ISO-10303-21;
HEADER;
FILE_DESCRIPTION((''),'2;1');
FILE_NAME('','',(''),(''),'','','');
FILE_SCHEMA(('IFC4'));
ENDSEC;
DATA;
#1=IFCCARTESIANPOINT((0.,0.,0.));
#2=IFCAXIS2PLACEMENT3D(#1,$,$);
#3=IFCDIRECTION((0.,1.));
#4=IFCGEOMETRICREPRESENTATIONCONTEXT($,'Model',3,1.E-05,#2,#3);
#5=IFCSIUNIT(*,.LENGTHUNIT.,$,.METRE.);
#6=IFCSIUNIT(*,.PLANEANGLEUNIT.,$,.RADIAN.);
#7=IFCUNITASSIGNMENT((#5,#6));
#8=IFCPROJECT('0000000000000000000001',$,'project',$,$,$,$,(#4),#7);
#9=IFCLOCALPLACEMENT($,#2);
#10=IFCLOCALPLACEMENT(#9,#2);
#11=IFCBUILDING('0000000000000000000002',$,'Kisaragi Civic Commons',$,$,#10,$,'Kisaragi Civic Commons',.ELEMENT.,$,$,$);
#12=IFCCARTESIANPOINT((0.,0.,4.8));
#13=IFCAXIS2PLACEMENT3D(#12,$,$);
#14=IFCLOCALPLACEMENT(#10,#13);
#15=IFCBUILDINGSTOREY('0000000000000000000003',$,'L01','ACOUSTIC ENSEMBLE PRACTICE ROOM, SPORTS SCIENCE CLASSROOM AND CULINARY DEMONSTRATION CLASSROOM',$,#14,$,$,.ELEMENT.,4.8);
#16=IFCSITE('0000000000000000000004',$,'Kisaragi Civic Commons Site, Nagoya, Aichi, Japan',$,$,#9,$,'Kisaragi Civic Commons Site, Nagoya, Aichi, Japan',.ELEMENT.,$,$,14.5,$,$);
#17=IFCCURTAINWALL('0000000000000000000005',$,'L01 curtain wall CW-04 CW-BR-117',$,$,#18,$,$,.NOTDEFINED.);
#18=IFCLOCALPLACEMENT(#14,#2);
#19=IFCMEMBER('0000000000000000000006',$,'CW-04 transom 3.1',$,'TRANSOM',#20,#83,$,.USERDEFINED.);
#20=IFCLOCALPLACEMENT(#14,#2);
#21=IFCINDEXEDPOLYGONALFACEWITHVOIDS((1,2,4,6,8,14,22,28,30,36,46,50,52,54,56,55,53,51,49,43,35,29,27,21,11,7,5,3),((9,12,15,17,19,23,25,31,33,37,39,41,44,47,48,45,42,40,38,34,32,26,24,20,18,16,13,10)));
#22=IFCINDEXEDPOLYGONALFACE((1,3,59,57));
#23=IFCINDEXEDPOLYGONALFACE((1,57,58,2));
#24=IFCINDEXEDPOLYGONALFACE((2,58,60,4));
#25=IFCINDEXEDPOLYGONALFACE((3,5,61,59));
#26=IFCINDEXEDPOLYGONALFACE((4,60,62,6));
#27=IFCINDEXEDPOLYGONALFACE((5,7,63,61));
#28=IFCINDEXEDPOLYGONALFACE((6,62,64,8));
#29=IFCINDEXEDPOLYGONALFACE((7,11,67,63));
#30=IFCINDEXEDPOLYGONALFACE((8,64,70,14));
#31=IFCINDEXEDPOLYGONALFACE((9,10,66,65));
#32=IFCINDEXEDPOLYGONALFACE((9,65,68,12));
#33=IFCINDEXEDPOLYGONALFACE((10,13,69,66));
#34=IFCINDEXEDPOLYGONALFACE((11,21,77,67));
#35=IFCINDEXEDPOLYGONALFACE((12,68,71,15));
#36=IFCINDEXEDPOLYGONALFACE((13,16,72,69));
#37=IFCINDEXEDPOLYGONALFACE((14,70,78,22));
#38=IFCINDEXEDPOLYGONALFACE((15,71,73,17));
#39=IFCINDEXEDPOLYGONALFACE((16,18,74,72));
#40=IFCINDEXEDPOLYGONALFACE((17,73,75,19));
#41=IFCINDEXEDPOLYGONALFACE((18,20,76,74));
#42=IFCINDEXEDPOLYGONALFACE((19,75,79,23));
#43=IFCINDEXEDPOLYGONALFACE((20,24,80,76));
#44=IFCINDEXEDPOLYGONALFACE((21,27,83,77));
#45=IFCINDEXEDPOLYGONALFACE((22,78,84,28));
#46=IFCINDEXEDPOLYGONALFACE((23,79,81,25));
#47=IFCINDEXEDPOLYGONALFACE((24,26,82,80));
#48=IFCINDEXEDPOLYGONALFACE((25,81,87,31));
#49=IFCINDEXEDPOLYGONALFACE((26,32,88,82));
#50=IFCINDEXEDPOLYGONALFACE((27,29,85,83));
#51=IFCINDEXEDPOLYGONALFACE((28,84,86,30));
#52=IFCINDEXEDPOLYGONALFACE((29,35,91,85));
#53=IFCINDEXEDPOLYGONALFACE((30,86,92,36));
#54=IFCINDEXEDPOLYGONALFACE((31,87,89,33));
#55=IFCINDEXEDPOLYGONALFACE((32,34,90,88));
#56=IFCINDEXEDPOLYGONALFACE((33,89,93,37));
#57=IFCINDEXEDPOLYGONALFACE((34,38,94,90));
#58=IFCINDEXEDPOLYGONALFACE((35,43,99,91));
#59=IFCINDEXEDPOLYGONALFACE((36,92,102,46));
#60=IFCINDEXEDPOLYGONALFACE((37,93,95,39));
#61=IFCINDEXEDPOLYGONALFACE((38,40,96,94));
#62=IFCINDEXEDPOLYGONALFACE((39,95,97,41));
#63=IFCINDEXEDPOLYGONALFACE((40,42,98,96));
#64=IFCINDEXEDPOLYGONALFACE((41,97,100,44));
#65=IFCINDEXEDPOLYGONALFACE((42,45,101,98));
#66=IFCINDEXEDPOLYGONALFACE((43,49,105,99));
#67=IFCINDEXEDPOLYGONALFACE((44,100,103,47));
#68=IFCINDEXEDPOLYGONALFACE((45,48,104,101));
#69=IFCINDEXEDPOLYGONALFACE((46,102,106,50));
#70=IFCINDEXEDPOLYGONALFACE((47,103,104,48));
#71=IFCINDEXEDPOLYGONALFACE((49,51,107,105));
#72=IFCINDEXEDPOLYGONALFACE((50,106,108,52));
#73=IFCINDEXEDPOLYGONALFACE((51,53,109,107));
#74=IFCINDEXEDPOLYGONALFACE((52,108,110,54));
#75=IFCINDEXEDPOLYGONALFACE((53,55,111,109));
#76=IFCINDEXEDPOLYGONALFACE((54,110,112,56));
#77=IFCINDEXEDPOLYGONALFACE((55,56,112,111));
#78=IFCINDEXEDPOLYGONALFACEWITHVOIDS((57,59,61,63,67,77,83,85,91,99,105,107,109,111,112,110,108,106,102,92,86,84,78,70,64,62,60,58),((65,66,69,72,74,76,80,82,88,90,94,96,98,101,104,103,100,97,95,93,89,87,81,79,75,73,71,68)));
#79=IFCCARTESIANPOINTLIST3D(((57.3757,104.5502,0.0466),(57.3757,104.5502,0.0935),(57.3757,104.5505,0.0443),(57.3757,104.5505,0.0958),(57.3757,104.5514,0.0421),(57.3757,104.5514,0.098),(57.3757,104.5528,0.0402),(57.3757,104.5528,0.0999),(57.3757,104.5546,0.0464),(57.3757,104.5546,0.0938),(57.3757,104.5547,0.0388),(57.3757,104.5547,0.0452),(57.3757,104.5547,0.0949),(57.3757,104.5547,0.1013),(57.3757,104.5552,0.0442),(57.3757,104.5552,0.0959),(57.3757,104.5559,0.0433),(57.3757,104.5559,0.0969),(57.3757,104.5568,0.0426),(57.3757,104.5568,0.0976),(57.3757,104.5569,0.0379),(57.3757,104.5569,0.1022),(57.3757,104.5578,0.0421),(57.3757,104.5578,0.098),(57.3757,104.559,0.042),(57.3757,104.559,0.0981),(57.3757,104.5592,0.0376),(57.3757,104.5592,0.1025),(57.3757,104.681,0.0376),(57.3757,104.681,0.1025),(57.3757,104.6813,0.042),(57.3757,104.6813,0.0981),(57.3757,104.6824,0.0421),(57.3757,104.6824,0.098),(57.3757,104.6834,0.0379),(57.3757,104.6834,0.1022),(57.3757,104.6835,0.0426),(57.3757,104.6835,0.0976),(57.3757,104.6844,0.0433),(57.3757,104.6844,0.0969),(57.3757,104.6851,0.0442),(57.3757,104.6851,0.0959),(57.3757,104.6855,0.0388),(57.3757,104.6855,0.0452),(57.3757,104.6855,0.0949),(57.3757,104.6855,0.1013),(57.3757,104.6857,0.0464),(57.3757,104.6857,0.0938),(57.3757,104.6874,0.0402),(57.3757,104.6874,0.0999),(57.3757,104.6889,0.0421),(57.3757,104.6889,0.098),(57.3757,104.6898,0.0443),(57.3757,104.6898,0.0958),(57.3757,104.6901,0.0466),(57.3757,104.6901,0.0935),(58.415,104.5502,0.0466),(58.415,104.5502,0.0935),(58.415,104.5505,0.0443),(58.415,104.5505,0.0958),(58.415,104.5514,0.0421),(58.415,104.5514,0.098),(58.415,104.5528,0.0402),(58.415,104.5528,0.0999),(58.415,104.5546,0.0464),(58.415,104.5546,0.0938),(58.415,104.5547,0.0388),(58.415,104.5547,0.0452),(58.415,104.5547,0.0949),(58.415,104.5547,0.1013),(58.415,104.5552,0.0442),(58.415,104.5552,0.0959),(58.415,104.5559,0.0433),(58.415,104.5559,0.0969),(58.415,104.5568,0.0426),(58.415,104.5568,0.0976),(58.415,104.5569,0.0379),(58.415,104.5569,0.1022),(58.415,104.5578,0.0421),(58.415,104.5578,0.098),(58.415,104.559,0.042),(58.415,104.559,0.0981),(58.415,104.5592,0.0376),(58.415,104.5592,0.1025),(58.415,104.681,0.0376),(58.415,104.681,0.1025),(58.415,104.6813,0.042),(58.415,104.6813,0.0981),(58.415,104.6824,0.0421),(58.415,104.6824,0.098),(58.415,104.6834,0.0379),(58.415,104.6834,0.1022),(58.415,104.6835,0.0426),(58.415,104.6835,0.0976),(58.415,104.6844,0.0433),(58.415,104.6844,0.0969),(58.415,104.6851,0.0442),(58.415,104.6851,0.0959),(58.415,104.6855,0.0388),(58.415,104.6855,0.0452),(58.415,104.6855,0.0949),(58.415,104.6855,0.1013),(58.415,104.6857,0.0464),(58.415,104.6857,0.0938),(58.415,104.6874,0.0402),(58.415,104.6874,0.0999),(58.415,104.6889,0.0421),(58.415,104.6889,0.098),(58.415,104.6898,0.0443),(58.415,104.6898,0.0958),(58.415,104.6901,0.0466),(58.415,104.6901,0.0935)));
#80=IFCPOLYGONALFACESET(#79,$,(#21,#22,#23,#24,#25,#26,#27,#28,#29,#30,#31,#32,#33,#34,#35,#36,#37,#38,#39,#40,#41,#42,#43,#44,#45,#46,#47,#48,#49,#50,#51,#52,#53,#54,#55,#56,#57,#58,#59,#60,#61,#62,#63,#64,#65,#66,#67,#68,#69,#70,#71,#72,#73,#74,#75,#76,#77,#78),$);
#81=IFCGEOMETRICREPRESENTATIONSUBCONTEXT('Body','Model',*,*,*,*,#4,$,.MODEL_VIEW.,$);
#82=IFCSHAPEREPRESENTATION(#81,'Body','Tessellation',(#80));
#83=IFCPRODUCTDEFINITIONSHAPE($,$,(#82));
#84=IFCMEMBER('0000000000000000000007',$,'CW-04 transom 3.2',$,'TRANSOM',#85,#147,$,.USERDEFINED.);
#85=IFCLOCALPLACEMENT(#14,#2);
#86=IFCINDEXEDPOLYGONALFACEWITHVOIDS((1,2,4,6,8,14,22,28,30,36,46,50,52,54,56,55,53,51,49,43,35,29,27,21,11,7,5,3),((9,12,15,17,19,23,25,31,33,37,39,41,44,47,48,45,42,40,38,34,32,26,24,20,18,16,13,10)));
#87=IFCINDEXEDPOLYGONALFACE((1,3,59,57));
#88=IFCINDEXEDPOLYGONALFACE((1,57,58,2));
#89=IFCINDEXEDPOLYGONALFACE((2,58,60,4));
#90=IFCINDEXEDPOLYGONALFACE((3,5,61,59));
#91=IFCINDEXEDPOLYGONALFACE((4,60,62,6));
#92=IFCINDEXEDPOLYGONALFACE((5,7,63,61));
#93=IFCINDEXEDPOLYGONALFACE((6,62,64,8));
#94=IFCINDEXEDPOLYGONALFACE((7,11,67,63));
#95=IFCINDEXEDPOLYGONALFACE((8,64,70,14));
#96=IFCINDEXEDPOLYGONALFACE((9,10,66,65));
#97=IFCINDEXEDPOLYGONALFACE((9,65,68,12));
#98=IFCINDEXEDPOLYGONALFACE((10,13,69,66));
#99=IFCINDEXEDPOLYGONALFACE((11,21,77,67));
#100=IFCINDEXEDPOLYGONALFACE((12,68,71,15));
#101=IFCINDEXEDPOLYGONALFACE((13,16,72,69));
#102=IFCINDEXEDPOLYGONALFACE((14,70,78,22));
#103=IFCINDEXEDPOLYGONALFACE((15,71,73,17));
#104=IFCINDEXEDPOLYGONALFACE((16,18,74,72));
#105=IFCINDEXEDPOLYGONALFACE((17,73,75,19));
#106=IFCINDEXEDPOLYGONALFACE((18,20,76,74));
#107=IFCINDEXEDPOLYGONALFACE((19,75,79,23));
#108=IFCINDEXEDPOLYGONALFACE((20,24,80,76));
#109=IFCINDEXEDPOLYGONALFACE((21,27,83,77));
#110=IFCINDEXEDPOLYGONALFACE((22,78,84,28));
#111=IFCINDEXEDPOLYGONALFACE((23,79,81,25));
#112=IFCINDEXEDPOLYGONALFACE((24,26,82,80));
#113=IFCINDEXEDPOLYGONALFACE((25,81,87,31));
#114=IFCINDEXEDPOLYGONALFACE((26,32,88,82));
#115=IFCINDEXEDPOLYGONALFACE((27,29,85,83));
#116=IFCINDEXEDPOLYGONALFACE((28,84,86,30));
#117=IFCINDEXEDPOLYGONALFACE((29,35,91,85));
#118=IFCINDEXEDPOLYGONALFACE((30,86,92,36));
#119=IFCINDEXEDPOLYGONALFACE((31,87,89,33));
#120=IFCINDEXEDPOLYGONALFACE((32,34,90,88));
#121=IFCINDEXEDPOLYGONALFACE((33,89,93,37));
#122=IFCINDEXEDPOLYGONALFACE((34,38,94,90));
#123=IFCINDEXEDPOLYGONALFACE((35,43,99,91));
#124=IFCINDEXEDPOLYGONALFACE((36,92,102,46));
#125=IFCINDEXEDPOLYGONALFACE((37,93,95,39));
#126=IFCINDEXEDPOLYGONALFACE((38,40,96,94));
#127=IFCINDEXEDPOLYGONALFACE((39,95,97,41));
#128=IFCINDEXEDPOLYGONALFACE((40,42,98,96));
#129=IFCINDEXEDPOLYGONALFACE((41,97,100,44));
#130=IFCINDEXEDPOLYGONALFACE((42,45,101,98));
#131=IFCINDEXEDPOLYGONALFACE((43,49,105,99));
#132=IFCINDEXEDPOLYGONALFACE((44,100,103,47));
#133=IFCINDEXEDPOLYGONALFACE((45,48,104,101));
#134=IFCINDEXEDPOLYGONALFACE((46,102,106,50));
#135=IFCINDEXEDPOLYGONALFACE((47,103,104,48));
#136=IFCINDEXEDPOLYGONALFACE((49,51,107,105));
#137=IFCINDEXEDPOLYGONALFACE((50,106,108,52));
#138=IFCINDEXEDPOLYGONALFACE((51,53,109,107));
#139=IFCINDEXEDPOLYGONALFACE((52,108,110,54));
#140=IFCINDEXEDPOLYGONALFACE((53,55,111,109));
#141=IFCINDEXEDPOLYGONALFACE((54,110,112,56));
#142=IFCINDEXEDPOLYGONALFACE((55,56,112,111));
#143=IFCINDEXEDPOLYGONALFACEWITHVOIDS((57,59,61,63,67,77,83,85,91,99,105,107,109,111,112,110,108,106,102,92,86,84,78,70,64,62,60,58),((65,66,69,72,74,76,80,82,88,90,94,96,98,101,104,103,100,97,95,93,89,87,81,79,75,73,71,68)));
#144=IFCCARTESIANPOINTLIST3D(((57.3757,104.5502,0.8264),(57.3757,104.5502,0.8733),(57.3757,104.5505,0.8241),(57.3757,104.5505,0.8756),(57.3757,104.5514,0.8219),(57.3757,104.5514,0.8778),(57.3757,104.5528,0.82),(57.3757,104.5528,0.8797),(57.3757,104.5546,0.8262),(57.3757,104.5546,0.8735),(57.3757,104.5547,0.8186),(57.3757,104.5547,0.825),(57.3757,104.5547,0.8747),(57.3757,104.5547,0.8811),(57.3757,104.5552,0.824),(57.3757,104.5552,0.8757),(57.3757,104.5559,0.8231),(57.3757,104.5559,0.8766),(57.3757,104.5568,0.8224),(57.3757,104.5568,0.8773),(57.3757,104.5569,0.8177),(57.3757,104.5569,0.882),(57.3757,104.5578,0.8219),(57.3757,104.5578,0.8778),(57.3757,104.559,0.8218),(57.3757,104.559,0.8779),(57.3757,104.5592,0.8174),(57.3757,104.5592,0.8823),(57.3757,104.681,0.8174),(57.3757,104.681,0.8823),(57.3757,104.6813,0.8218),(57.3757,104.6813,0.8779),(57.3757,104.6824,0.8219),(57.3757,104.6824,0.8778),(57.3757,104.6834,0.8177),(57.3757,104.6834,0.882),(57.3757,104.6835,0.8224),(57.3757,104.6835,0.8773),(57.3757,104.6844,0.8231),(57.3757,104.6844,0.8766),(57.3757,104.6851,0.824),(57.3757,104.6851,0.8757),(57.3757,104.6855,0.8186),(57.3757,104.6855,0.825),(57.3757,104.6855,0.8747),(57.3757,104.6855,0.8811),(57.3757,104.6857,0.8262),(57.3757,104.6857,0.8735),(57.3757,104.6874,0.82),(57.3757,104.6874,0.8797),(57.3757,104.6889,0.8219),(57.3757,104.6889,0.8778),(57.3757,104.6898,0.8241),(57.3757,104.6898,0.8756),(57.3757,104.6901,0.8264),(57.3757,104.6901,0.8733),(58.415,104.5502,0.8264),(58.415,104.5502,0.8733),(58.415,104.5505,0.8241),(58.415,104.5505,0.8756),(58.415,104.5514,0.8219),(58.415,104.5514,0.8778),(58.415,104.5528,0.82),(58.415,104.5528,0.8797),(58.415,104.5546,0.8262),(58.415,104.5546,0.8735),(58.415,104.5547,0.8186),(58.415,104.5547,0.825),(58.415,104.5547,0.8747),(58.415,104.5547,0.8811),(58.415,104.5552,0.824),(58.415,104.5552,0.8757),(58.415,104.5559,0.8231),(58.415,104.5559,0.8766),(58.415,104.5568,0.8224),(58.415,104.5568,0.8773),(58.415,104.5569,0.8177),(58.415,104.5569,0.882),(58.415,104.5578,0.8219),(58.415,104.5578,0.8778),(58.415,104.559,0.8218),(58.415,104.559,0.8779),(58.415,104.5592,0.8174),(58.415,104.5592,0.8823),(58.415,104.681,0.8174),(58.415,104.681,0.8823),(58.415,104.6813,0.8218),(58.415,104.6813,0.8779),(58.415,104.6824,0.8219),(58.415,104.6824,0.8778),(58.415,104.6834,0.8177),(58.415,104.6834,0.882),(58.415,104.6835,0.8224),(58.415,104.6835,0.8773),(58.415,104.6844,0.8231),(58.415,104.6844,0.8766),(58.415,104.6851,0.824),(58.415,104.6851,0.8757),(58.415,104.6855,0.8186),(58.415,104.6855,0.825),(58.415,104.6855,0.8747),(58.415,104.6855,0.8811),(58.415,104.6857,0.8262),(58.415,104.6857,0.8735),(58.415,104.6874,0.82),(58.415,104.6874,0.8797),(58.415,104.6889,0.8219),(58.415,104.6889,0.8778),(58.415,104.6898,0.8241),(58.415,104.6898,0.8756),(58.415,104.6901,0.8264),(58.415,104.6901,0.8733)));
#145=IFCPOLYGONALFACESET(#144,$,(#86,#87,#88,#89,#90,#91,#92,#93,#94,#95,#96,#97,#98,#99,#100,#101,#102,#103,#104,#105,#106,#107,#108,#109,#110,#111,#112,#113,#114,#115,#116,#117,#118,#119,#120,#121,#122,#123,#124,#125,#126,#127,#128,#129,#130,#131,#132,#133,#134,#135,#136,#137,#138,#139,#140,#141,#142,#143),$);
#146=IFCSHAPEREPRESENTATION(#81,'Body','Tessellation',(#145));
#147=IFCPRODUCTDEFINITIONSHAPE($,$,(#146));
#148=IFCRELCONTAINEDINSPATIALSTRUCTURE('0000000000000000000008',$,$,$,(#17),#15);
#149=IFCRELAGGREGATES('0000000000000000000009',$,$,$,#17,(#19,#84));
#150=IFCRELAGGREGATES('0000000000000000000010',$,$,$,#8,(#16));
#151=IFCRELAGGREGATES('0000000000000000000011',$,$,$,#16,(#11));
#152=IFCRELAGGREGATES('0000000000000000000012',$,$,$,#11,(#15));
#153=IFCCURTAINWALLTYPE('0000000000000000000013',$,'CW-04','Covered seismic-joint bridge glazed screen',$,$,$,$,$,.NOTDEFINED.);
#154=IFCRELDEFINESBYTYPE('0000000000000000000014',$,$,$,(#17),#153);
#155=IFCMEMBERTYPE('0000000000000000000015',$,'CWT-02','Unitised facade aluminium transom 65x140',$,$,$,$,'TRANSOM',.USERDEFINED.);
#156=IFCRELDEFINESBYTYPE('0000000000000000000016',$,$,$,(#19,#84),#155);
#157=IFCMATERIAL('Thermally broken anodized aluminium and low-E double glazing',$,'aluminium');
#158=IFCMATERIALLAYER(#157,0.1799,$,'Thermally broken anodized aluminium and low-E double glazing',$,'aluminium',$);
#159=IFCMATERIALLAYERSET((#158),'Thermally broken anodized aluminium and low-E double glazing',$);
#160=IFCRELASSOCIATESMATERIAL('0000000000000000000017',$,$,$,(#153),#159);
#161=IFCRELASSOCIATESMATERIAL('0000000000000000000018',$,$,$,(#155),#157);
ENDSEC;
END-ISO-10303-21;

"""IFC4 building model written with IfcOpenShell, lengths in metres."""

from ifc_helpers import new_model, si_unit, direction, frame, origin, origin_2d, place, context, subcontext, project, spatial, hollow_rectangle, extrude, material, layer, layer_set, material_profile, profile_set, type_object, element, aggregate, save


model = new_model("IFC4")

# Units and contexts
model_context = context("Model", 3, precision=1e-05, world=origin(), true_north=direction((0.0, 1.0)))
body_context = subcontext(model_context, "Body", "Model", "MODEL_VIEW")
ifc_project = project(units=[si_unit("LENGTHUNIT", "METRE"), si_unit("PLANEANGLEUNIT", "RADIAN")], contexts=[model_context])

# Site, building, storey
site_placement = place(None, origin())
site = spatial("IfcSite", under=ifc_project, at=site_placement, Name="Kisaragi Civic Commons Site, Nagoya, Aichi, Japan", LongName="Kisaragi Civic Commons Site, Nagoya, Aichi, Japan", CompositionType="ELEMENT", RefElevation=14.5)
building_placement = place(site_placement, origin())
building = spatial("IfcBuilding", under=site, at=building_placement, Name="Kisaragi Civic Commons", LongName="Kisaragi Civic Commons", CompositionType="ELEMENT")
storey_placement = place(building_placement, frame((0.0, 0.0, 4.8)))
storey = spatial("IfcBuildingStorey", under=building, at=storey_placement, Name="L01", Description="ACOUSTIC ENSEMBLE PRACTICE ROOM, SPORTS SCIENCE CLASSROOM AND CULINARY DEMONSTRATION CLASSROOM", CompositionType="ELEMENT", Elevation=4.8)

# Curtain wall
ifc_material = material(Name="Thermally broken anodized aluminium and low-E double glazing", Category="aluminium")
ifc_layer_1 = layer(ifc_material, 0.1799, Name="Thermally broken anodized aluminium and low-E double glazing", Category="aluminium")
ifc_layer_set_1 = layer_set([ifc_layer_1], Name="Thermally broken anodized aluminium and low-E double glazing")
curtain_wall_type = type_object("IfcCurtainWallType", Name="CW-04", Description="Covered seismic-joint bridge glazed screen", PredefinedType="NOTDEFINED", material=ifc_layer_set_1)
curtain_wall_1_placement = place(storey_placement, origin())
curtain_wall_1 = element("IfcCurtainWall", 1, at=curtain_wall_1_placement, inside=storey, type_object=curtain_wall_type, Name="L01 curtain wall CW-04 CW-BR-117", PredefinedType="NOTDEFINED")

# Members
ifc_material_profile_1 = material_profile(ifc_material, hollow_rectangle(XDim=0.1399, YDim=0.0649, WallThickness=0.0044, InnerFilletRadius=0.0044, OuterFilletRadius=0.009, at=origin_2d()), Name="CWT-65x140x4.5", Category="aluminium")
ifc_profile_set_1 = profile_set([ifc_material_profile_1], Name="Thermally broken anodized aluminium and low-E double glazing")
member_type_1 = type_object("IfcMemberType", Name="CWT-02", Description="Unitised facade aluminium transom 65x140", ElementType="TRANSOM", PredefinedType="USERDEFINED", material=ifc_profile_set_1)
member_1_placement = place(storey_placement, frame((57.3757, 104.6201, 0.0701), z_axis=(1.0, 0.0, 0.0), x_axis=(0.0, 1.0, 0.0)))
member_1 = element("IfcMember", 2, at=member_1_placement, type_object=member_type_1, Name="CW-04 transom 3.1", ObjectType="TRANSOM", PredefinedType="USERDEFINED", context=body_context, shape_type="SweptSolid", body=[
    extrude(hollow_rectangle(XDim=0.1399, YDim=0.0649, WallThickness=0.0044, InnerFilletRadius=0.0044, OuterFilletRadius=0.009, at=origin_2d()), origin(), (0.0, 0.0, 1.0), 1.0393),
])
member_2_placement = place(storey_placement, frame((57.3757, 104.6201, 0.8499), z_axis=(1.0, 0.0, 0.0), x_axis=(0.0, 1.0, 0.0)))
member_2 = element("IfcMember", 3, at=member_2_placement, type_object=member_type_1, Name="CW-04 transom 3.2", ObjectType="TRANSOM", PredefinedType="USERDEFINED", context=body_context, shape_type="SweptSolid", body=[
    extrude(hollow_rectangle(XDim=0.1399, YDim=0.0649, WallThickness=0.0044, InnerFilletRadius=0.0044, OuterFilletRadius=0.009, at=origin_2d()), origin(), (0.0, 0.0, 1.0), 1.0393),
])

aggregate(curtain_wall_1, [member_1, member_2])

save(model, "model.ifc")
